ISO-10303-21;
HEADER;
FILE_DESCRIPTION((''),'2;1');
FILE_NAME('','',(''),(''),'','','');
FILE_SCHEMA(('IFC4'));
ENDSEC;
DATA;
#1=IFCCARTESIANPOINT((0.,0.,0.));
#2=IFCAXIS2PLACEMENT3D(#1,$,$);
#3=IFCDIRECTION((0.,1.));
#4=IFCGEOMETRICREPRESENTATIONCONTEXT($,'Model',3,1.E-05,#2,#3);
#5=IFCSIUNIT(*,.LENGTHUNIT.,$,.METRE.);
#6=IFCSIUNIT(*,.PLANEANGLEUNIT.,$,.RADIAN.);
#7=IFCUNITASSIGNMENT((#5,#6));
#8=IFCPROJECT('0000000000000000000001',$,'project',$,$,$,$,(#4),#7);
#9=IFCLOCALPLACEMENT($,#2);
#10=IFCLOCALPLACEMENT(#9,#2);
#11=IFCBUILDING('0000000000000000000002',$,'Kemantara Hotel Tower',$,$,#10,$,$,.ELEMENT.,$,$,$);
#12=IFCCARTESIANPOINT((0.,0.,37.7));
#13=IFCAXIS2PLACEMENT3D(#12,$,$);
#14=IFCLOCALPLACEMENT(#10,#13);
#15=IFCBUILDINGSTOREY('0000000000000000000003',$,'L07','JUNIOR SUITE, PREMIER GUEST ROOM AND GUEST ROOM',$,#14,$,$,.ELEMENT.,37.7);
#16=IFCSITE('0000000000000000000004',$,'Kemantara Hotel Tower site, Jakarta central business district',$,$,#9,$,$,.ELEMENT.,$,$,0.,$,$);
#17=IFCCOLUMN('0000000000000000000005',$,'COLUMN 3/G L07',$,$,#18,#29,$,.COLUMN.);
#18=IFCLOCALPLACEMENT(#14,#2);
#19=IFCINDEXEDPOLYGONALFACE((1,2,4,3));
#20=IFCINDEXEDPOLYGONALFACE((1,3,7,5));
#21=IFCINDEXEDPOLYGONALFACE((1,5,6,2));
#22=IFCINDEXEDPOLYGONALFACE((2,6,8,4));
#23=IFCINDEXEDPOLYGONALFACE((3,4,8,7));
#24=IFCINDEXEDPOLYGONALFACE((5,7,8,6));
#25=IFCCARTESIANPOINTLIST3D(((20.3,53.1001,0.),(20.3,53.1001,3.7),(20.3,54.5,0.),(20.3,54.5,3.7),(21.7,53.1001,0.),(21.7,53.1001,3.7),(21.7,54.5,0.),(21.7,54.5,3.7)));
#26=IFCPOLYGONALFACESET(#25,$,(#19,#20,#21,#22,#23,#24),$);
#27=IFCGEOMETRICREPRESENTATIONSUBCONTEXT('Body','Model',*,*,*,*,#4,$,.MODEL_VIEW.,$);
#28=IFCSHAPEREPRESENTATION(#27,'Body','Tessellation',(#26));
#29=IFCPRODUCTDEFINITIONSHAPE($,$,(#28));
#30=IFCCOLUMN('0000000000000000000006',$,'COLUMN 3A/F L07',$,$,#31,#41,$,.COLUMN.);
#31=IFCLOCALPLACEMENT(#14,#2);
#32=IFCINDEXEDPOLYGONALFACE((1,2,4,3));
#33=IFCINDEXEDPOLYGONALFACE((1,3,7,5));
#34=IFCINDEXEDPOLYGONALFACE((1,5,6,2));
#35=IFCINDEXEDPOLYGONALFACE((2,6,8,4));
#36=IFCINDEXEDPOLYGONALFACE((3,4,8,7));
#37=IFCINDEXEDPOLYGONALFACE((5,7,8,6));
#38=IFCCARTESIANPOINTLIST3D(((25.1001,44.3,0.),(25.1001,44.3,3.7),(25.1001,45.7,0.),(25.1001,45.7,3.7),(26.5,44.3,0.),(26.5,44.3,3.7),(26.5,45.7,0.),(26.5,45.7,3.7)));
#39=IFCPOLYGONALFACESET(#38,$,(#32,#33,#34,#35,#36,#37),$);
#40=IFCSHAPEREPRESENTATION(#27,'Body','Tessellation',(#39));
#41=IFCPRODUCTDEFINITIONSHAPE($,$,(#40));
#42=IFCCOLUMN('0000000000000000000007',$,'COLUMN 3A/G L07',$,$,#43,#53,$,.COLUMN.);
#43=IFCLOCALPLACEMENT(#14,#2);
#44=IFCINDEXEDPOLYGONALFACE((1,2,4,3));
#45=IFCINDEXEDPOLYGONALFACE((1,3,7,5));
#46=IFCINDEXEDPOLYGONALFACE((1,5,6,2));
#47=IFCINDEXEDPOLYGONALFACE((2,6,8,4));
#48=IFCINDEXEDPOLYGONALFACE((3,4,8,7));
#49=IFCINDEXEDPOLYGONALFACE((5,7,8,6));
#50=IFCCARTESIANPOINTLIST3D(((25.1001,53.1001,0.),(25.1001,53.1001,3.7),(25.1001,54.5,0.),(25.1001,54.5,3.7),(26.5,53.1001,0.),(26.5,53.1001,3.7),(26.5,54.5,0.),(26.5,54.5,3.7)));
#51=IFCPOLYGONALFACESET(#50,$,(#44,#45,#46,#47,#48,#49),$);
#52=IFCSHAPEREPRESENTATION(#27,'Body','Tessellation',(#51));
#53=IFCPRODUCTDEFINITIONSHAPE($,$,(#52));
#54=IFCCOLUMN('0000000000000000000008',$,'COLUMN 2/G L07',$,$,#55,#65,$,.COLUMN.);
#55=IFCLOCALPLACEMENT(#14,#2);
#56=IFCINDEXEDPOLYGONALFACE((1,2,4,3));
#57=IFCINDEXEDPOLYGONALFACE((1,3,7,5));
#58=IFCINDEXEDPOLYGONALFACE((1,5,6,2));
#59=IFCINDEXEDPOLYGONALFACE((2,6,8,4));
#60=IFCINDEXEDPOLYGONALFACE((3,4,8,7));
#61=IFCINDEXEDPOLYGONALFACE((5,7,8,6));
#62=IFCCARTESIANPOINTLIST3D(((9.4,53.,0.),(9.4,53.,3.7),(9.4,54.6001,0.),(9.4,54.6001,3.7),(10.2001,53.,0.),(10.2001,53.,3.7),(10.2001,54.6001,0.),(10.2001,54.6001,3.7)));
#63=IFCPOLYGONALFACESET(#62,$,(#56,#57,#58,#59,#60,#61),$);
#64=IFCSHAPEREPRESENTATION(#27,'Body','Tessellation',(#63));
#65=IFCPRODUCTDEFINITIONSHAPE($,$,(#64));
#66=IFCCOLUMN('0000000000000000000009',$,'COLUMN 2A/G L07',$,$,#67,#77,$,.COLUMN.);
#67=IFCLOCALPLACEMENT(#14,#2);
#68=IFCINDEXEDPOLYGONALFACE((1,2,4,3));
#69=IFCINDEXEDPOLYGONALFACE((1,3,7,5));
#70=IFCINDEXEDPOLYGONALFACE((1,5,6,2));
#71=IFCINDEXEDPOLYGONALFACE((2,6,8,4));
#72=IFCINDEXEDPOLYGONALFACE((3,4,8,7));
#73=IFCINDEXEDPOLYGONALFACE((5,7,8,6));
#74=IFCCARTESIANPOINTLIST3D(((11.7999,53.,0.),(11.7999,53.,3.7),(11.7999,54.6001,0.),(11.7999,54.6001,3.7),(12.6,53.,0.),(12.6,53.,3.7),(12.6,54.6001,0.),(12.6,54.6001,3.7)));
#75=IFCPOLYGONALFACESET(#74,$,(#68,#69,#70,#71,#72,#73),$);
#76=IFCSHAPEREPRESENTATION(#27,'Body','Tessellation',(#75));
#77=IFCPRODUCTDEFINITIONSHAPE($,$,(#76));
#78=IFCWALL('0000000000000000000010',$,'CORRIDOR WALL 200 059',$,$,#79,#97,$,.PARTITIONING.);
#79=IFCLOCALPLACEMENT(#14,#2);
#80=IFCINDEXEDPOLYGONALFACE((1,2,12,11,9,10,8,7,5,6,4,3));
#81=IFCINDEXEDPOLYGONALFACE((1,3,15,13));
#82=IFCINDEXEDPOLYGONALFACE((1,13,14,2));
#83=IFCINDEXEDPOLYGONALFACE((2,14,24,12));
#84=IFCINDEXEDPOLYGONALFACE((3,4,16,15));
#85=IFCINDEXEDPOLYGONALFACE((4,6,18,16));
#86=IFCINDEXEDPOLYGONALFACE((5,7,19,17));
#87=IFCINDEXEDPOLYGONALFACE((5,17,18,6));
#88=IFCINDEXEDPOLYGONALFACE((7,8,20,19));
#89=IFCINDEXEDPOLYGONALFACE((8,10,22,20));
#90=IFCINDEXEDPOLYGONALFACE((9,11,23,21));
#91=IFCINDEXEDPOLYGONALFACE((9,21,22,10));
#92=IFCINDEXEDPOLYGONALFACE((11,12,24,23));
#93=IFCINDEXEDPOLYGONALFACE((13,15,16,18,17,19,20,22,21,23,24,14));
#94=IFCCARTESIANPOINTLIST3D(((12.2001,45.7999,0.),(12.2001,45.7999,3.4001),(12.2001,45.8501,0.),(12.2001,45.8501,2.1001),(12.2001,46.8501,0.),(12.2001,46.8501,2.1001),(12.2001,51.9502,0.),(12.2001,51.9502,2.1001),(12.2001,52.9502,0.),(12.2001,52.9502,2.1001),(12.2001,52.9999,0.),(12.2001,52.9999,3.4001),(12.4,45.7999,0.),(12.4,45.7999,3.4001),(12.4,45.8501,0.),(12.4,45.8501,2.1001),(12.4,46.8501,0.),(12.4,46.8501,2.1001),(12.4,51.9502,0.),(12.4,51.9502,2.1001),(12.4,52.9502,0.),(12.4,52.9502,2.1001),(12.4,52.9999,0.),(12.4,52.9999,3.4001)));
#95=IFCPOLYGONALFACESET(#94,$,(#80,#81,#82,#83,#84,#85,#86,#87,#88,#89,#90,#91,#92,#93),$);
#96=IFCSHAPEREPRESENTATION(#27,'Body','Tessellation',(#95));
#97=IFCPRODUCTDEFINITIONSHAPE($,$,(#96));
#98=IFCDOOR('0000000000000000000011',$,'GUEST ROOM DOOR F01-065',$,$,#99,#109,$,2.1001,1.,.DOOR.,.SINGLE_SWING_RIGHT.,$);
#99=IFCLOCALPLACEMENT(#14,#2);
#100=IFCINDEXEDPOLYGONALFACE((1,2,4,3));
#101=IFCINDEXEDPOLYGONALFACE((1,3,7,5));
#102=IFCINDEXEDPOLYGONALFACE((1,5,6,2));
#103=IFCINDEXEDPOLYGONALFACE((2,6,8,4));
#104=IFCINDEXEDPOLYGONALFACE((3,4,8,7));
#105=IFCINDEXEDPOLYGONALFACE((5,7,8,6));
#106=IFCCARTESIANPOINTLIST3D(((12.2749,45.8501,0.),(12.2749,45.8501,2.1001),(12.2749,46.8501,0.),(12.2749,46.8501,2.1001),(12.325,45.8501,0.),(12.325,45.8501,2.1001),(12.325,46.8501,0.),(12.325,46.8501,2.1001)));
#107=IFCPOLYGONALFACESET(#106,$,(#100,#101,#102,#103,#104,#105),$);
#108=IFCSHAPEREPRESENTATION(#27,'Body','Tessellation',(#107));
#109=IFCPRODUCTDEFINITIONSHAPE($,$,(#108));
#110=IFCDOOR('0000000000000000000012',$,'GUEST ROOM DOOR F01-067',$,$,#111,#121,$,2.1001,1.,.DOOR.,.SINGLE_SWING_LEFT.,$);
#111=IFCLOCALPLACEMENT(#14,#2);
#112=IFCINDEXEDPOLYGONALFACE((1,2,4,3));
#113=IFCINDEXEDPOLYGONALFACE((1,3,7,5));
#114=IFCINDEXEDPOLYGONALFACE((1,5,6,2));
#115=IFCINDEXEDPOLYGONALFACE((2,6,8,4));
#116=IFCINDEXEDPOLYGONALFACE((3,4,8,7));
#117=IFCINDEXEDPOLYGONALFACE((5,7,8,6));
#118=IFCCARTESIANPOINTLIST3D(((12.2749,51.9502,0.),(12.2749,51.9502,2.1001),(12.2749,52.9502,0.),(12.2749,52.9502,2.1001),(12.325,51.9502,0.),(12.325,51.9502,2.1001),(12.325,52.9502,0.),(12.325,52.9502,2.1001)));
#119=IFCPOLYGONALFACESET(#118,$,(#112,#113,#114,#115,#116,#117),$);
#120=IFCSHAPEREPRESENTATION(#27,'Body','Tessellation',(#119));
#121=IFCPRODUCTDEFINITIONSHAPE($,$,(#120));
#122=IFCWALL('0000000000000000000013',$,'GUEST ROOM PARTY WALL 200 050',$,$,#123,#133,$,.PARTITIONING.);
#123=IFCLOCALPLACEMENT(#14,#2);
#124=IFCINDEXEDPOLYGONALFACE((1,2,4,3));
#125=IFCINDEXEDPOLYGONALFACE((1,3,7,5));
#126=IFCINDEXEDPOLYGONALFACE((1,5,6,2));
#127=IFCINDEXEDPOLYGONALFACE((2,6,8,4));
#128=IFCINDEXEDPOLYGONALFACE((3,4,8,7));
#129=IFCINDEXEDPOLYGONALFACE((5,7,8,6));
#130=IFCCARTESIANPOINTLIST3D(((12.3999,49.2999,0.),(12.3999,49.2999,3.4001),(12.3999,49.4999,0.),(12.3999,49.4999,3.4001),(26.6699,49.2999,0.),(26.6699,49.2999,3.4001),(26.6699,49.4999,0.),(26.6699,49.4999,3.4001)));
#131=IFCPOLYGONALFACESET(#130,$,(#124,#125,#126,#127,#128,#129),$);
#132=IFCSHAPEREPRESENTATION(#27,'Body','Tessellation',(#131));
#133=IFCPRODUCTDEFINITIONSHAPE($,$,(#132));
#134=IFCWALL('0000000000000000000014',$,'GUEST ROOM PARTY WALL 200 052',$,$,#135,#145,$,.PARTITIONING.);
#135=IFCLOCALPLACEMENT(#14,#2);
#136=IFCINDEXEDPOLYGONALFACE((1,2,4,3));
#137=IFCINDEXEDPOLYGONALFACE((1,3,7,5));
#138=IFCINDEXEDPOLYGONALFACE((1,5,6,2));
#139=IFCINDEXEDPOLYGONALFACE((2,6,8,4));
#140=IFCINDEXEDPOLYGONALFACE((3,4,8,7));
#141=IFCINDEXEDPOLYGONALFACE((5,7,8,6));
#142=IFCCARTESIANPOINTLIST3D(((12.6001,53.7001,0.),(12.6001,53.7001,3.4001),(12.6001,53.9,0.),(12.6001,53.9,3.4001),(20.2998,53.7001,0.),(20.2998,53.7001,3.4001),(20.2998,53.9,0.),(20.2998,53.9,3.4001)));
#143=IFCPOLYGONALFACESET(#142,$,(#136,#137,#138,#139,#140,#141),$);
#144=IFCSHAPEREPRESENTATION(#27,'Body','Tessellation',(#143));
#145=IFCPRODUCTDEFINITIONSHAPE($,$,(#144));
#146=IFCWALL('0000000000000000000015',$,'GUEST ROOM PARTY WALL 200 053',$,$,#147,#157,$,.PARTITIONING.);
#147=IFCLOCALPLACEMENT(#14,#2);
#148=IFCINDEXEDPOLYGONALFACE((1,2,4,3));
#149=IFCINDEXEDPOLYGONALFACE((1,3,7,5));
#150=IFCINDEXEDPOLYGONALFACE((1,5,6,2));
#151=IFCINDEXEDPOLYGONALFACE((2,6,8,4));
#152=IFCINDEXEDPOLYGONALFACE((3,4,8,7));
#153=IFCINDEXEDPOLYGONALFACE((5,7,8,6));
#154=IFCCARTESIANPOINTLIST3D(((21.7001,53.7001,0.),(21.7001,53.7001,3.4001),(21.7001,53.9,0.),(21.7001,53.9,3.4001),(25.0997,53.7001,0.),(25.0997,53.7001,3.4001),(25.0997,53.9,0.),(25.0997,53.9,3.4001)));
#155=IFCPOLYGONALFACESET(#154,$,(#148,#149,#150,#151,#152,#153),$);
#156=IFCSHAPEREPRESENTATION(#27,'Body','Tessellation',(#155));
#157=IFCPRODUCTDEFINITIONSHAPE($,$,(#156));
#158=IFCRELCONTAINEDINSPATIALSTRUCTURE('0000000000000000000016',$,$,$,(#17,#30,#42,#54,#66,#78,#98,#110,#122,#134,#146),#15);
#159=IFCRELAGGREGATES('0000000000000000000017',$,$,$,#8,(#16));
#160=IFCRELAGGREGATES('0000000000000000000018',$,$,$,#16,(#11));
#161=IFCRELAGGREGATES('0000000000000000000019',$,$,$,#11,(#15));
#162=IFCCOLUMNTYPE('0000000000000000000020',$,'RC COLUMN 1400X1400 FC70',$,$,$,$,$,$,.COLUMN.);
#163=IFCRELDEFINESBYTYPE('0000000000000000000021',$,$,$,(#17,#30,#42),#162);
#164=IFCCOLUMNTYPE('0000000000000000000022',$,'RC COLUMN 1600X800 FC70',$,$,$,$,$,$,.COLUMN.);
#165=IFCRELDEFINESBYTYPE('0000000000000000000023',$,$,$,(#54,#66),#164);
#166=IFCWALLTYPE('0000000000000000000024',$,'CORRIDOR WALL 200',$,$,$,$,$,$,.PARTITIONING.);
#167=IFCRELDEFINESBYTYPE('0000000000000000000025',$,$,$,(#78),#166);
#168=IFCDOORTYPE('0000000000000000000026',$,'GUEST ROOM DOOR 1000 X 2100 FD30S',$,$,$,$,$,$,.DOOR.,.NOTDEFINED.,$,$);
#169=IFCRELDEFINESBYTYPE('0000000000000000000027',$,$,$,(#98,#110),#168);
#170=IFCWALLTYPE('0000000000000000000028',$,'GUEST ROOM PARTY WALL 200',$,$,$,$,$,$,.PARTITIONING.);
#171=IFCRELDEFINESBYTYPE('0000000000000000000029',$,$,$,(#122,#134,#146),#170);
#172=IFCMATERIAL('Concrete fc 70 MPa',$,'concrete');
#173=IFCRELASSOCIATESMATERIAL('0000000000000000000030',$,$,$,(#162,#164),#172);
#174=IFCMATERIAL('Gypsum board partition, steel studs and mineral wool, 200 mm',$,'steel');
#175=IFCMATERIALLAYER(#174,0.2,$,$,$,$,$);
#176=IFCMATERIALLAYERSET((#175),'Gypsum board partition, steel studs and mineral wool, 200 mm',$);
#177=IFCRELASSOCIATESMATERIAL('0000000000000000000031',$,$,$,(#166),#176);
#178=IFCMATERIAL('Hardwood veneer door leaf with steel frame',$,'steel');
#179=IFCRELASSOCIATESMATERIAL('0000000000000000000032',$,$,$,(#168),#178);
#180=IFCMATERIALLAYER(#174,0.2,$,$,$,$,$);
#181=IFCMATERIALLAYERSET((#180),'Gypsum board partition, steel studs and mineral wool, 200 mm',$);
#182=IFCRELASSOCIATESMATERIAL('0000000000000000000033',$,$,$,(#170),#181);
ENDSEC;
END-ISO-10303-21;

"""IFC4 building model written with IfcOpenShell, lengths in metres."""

from ifc_helpers import new_model, si_unit, direction, frame, frame_2d, origin, origin_2d, place, context, subcontext, project, spatial, rectangle, extrude, material, layer, layer_set, material_profile, profile_set, type_object, element, fill, save


model = new_model("IFC4")

# Units and contexts
model_context = context("Model", 3, precision=1e-05, world=origin(), true_north=direction((0.0, 1.0)))
body_context = subcontext(model_context, "Body", "Model", "MODEL_VIEW")
ifc_project = project(units=[si_unit("LENGTHUNIT", "METRE"), si_unit("PLANEANGLEUNIT", "RADIAN")], contexts=[model_context])

# Site, building, storey
site_placement = place(None, origin())
site = spatial("IfcSite", under=ifc_project, at=site_placement, Name="Kemantara Hotel Tower site, Jakarta central business district", CompositionType="ELEMENT", RefElevation=0.0)
building_placement = place(site_placement, origin())
building = spatial("IfcBuilding", under=site, at=building_placement, Name="Kemantara Hotel Tower", CompositionType="ELEMENT")
storey_placement = place(building_placement, frame((0.0, 0.0, 37.7)))
storey = spatial("IfcBuildingStorey", under=building, at=storey_placement, Name="L07", Description="JUNIOR SUITE, PREMIER GUEST ROOM AND GUEST ROOM", CompositionType="ELEMENT", Elevation=37.7)

# Columns
ifc_material_1 = material(Name="Concrete fc 70 MPa", Category="concrete")
ifc_material_profile_1 = material_profile(ifc_material_1, rectangle(XDim=1.3999, YDim=1.3999, at=origin_2d()), Name="RC 1400X1400")
ifc_profile_set_1 = profile_set([ifc_material_profile_1], Name="Concrete fc 70 MPa")
column_type_1 = type_object("IfcColumnType", Name="RC COLUMN 1400X1400 FC70", PredefinedType="COLUMN", material=ifc_profile_set_1)
for number, where, z_axis, x_axis, name in (
    (1, (21.0, 53.8, 0.0), (0.0, 0.0, 1.0), (1.0, 0.0, 0.0), "COLUMN 3/G L07"),
    (2, (25.8, 45.0, 0.0), (0.0, 0.0, 1.0), (1.0, 0.0, 0.0), "COLUMN 3A/F L07"),
    (3, (25.8, 53.8, 0.0), (0.0, 0.0, 1.0), (1.0, 0.0, 0.0), "COLUMN 3A/G L07"),
):
    element("IfcColumn", number, at=place(storey_placement, frame(where, z_axis=z_axis, x_axis=x_axis)), inside=storey, type_object=column_type_1, Name=name, PredefinedType="COLUMN", context=body_context, shape_type="SweptSolid", body=[
        extrude(rectangle(XDim=1.3999, YDim=1.3999, at=origin_2d()), origin(), (0.0, 0.0, 1.0), 3.7),
    ])
ifc_material_profile_2 = material_profile(ifc_material_1, rectangle(XDim=1.6001, YDim=0.8, at=origin_2d()), Name="RC 1600X800")
ifc_profile_set_2 = profile_set([ifc_material_profile_2], Name="Concrete fc 70 MPa")
column_type_2 = type_object("IfcColumnType", Name="RC COLUMN 1600X800 FC70", PredefinedType="COLUMN", material=ifc_profile_set_2)
for number, where, z_axis, x_axis, name in (
    (4, (9.8, 53.8, 0.0), (0.0, 0.0, 1.0), (0.0, 1.0, 0.0), "COLUMN 2/G L07"),
    (5, (12.2, 53.8, 0.0), (0.0, 0.0, 1.0), (0.0, 1.0, 0.0), "COLUMN 2A/G L07"),
):
    element("IfcColumn", number, at=place(storey_placement, frame(where, z_axis=z_axis, x_axis=x_axis)), inside=storey, type_object=column_type_2, Name=name, PredefinedType="COLUMN", context=body_context, shape_type="SweptSolid", body=[
        extrude(rectangle(XDim=1.6001, YDim=0.8, at=origin_2d()), origin(), (0.0, 0.0, 1.0), 3.7),
    ])

# Wall, openings, doors
ifc_material_2 = material(Name="Gypsum board partition, steel studs and mineral wool, 200 mm", Category="steel")
ifc_layer_1 = layer(ifc_material_2, 0.2)
ifc_layer_set_1 = layer_set([ifc_layer_1], Name="Gypsum board partition, steel studs and mineral wool, 200 mm")
wall_type_1 = type_object("IfcWallType", Name="CORRIDOR WALL 200", PredefinedType="PARTITIONING", material=ifc_layer_set_1)
wall_1_placement = place(storey_placement, frame((12.3, 53.0, 0.0), z_axis=(0.0, 0.0, 1.0), x_axis=(0.0, -1.0, 0.0)))
wall_1 = element("IfcWall", 6, at=wall_1_placement, inside=storey, type_object=wall_type_1, Name="CORRIDOR WALL 200 059", PredefinedType="PARTITIONING", context=body_context, shape_type="SweptSolid", body=[
    extrude(rectangle(XDim=7.2, YDim=0.2, at=frame_2d((3.6001, 0.0))), origin(), (0.0, 0.0, 1.0), 3.4001),
])
opening_1_placement = place(wall_1_placement, frame((6.1499, 0.0, 0.0)))
opening_1 = element("IfcOpeningElement", 7, at=opening_1_placement, cuts=wall_1, PredefinedType="OPENING", context=body_context, shape_type="SweptSolid", body=[
    extrude(rectangle(XDim=1.0, YDim=2.1001, at=frame_2d((0.5, 1.05))), frame((0.0, 0.1099, 0.0), z_axis=(0.0, -1.0, 0.0), x_axis=(1.0, 0.0, 0.0)), (0.0, 0.0, 1.0), 0.22),
])
opening_2_placement = place(wall_1_placement, frame((0.0498, 0.0, 0.0)))
opening_2 = element("IfcOpeningElement", 8, at=opening_2_placement, cuts=wall_1, PredefinedType="OPENING", context=body_context, shape_type="SweptSolid", body=[
    extrude(rectangle(XDim=1.0, YDim=2.1001, at=frame_2d((0.5, 1.05))), frame((0.0, 0.1099, 0.0), z_axis=(0.0, -1.0, 0.0), x_axis=(1.0, 0.0, 0.0)), (0.0, 0.0, 1.0), 0.22),
])
ifc_material_3 = material(Name="Hardwood veneer door leaf with steel frame", Category="steel")
door_type_1 = type_object("IfcDoorType", Name="GUEST ROOM DOOR 1000 X 2100 FD30S", OperationType="NOTDEFINED", PredefinedType="DOOR", material=ifc_material_3)
door_1_placement = place(opening_1_placement, origin())
door_1 = element("IfcDoor", 9, at=door_1_placement, inside=storey, type_object=door_type_1, Name="GUEST ROOM DOOR F01-065", OperationType="SINGLE_SWING_RIGHT", OverallHeight=2.1001, OverallWidth=1.0, PredefinedType="DOOR", context=body_context, shape_type="SweptSolid", body=[
    extrude(rectangle(XDim=1.0, YDim=2.1001, at=frame_2d((0.5, 1.05))), frame((0.0, 0.0249, 0.0), z_axis=(0.0, -1.0, 0.0), x_axis=(1.0, 0.0, 0.0)), (0.0, 0.0, 1.0), 0.05),
])
fill(opening_1, door_1)
door_2_placement = place(opening_2_placement, origin())
door_2 = element("IfcDoor", 10, at=door_2_placement, inside=storey, type_object=door_type_1, Name="GUEST ROOM DOOR F01-067", OperationType="SINGLE_SWING_LEFT", OverallHeight=2.1001, OverallWidth=1.0, PredefinedType="DOOR", context=body_context, shape_type="SweptSolid", body=[
    extrude(rectangle(XDim=1.0, YDim=2.1001, at=frame_2d((0.5, 1.05))), frame((0.0, 0.0249, 0.0), z_axis=(0.0, -1.0, 0.0), x_axis=(1.0, 0.0, 0.0)), (0.0, 0.0, 1.0), 0.05),
])
fill(opening_2, door_2)

# Walls
ifc_layer_2 = layer(ifc_material_2, 0.2)
ifc_layer_set_2 = layer_set([ifc_layer_2], Name="Gypsum board partition, steel studs and mineral wool, 200 mm")
wall_type_2 = type_object("IfcWallType", Name="GUEST ROOM PARTY WALL 200", PredefinedType="PARTITIONING", material=ifc_layer_set_2)
wall_2_placement = place(storey_placement, frame((12.3999, 49.3999, 0.0), z_axis=(0.0, 0.0, 1.0), x_axis=(1.0, 0.0, 0.0)))
element("IfcWall", 11, at=wall_2_placement, inside=storey, type_object=wall_type_2, Name="GUEST ROOM PARTY WALL 200 050", PredefinedType="PARTITIONING", context=body_context, shape_type="SweptSolid", body=[
    extrude(rectangle(XDim=14.27, YDim=0.2, at=frame_2d((7.135, 0.0))), origin(), (0.0, 0.0, 1.0), 3.4001),
])
wall_3_placement = place(storey_placement, frame((12.6001, 53.8, 0.0), z_axis=(0.0, 0.0, 1.0), x_axis=(1.0, 0.0, 0.0)))
element("IfcWall", 12, at=wall_3_placement, inside=storey, type_object=wall_type_2, Name="GUEST ROOM PARTY WALL 200 052", PredefinedType="PARTITIONING", context=body_context, shape_type="SweptSolid", body=[
    extrude(rectangle(XDim=7.6997, YDim=0.2, at=frame_2d((3.8499, 0.0))), origin(), (0.0, 0.0, 1.0), 3.4001),
])
wall_4_placement = place(storey_placement, frame((21.7002, 53.8, 0.0), z_axis=(0.0, 0.0, 1.0), x_axis=(1.0, 0.0, 0.0)))
element("IfcWall", 13, at=wall_4_placement, inside=storey, type_object=wall_type_2, Name="GUEST ROOM PARTY WALL 200 053", PredefinedType="PARTITIONING", context=body_context, shape_type="SweptSolid", body=[
    extrude(rectangle(XDim=3.3997, YDim=0.2, at=frame_2d((1.6997, 0.0))), origin(), (0.0, 0.0, 1.0), 3.4001),
])

save(model, "model.ifc")
